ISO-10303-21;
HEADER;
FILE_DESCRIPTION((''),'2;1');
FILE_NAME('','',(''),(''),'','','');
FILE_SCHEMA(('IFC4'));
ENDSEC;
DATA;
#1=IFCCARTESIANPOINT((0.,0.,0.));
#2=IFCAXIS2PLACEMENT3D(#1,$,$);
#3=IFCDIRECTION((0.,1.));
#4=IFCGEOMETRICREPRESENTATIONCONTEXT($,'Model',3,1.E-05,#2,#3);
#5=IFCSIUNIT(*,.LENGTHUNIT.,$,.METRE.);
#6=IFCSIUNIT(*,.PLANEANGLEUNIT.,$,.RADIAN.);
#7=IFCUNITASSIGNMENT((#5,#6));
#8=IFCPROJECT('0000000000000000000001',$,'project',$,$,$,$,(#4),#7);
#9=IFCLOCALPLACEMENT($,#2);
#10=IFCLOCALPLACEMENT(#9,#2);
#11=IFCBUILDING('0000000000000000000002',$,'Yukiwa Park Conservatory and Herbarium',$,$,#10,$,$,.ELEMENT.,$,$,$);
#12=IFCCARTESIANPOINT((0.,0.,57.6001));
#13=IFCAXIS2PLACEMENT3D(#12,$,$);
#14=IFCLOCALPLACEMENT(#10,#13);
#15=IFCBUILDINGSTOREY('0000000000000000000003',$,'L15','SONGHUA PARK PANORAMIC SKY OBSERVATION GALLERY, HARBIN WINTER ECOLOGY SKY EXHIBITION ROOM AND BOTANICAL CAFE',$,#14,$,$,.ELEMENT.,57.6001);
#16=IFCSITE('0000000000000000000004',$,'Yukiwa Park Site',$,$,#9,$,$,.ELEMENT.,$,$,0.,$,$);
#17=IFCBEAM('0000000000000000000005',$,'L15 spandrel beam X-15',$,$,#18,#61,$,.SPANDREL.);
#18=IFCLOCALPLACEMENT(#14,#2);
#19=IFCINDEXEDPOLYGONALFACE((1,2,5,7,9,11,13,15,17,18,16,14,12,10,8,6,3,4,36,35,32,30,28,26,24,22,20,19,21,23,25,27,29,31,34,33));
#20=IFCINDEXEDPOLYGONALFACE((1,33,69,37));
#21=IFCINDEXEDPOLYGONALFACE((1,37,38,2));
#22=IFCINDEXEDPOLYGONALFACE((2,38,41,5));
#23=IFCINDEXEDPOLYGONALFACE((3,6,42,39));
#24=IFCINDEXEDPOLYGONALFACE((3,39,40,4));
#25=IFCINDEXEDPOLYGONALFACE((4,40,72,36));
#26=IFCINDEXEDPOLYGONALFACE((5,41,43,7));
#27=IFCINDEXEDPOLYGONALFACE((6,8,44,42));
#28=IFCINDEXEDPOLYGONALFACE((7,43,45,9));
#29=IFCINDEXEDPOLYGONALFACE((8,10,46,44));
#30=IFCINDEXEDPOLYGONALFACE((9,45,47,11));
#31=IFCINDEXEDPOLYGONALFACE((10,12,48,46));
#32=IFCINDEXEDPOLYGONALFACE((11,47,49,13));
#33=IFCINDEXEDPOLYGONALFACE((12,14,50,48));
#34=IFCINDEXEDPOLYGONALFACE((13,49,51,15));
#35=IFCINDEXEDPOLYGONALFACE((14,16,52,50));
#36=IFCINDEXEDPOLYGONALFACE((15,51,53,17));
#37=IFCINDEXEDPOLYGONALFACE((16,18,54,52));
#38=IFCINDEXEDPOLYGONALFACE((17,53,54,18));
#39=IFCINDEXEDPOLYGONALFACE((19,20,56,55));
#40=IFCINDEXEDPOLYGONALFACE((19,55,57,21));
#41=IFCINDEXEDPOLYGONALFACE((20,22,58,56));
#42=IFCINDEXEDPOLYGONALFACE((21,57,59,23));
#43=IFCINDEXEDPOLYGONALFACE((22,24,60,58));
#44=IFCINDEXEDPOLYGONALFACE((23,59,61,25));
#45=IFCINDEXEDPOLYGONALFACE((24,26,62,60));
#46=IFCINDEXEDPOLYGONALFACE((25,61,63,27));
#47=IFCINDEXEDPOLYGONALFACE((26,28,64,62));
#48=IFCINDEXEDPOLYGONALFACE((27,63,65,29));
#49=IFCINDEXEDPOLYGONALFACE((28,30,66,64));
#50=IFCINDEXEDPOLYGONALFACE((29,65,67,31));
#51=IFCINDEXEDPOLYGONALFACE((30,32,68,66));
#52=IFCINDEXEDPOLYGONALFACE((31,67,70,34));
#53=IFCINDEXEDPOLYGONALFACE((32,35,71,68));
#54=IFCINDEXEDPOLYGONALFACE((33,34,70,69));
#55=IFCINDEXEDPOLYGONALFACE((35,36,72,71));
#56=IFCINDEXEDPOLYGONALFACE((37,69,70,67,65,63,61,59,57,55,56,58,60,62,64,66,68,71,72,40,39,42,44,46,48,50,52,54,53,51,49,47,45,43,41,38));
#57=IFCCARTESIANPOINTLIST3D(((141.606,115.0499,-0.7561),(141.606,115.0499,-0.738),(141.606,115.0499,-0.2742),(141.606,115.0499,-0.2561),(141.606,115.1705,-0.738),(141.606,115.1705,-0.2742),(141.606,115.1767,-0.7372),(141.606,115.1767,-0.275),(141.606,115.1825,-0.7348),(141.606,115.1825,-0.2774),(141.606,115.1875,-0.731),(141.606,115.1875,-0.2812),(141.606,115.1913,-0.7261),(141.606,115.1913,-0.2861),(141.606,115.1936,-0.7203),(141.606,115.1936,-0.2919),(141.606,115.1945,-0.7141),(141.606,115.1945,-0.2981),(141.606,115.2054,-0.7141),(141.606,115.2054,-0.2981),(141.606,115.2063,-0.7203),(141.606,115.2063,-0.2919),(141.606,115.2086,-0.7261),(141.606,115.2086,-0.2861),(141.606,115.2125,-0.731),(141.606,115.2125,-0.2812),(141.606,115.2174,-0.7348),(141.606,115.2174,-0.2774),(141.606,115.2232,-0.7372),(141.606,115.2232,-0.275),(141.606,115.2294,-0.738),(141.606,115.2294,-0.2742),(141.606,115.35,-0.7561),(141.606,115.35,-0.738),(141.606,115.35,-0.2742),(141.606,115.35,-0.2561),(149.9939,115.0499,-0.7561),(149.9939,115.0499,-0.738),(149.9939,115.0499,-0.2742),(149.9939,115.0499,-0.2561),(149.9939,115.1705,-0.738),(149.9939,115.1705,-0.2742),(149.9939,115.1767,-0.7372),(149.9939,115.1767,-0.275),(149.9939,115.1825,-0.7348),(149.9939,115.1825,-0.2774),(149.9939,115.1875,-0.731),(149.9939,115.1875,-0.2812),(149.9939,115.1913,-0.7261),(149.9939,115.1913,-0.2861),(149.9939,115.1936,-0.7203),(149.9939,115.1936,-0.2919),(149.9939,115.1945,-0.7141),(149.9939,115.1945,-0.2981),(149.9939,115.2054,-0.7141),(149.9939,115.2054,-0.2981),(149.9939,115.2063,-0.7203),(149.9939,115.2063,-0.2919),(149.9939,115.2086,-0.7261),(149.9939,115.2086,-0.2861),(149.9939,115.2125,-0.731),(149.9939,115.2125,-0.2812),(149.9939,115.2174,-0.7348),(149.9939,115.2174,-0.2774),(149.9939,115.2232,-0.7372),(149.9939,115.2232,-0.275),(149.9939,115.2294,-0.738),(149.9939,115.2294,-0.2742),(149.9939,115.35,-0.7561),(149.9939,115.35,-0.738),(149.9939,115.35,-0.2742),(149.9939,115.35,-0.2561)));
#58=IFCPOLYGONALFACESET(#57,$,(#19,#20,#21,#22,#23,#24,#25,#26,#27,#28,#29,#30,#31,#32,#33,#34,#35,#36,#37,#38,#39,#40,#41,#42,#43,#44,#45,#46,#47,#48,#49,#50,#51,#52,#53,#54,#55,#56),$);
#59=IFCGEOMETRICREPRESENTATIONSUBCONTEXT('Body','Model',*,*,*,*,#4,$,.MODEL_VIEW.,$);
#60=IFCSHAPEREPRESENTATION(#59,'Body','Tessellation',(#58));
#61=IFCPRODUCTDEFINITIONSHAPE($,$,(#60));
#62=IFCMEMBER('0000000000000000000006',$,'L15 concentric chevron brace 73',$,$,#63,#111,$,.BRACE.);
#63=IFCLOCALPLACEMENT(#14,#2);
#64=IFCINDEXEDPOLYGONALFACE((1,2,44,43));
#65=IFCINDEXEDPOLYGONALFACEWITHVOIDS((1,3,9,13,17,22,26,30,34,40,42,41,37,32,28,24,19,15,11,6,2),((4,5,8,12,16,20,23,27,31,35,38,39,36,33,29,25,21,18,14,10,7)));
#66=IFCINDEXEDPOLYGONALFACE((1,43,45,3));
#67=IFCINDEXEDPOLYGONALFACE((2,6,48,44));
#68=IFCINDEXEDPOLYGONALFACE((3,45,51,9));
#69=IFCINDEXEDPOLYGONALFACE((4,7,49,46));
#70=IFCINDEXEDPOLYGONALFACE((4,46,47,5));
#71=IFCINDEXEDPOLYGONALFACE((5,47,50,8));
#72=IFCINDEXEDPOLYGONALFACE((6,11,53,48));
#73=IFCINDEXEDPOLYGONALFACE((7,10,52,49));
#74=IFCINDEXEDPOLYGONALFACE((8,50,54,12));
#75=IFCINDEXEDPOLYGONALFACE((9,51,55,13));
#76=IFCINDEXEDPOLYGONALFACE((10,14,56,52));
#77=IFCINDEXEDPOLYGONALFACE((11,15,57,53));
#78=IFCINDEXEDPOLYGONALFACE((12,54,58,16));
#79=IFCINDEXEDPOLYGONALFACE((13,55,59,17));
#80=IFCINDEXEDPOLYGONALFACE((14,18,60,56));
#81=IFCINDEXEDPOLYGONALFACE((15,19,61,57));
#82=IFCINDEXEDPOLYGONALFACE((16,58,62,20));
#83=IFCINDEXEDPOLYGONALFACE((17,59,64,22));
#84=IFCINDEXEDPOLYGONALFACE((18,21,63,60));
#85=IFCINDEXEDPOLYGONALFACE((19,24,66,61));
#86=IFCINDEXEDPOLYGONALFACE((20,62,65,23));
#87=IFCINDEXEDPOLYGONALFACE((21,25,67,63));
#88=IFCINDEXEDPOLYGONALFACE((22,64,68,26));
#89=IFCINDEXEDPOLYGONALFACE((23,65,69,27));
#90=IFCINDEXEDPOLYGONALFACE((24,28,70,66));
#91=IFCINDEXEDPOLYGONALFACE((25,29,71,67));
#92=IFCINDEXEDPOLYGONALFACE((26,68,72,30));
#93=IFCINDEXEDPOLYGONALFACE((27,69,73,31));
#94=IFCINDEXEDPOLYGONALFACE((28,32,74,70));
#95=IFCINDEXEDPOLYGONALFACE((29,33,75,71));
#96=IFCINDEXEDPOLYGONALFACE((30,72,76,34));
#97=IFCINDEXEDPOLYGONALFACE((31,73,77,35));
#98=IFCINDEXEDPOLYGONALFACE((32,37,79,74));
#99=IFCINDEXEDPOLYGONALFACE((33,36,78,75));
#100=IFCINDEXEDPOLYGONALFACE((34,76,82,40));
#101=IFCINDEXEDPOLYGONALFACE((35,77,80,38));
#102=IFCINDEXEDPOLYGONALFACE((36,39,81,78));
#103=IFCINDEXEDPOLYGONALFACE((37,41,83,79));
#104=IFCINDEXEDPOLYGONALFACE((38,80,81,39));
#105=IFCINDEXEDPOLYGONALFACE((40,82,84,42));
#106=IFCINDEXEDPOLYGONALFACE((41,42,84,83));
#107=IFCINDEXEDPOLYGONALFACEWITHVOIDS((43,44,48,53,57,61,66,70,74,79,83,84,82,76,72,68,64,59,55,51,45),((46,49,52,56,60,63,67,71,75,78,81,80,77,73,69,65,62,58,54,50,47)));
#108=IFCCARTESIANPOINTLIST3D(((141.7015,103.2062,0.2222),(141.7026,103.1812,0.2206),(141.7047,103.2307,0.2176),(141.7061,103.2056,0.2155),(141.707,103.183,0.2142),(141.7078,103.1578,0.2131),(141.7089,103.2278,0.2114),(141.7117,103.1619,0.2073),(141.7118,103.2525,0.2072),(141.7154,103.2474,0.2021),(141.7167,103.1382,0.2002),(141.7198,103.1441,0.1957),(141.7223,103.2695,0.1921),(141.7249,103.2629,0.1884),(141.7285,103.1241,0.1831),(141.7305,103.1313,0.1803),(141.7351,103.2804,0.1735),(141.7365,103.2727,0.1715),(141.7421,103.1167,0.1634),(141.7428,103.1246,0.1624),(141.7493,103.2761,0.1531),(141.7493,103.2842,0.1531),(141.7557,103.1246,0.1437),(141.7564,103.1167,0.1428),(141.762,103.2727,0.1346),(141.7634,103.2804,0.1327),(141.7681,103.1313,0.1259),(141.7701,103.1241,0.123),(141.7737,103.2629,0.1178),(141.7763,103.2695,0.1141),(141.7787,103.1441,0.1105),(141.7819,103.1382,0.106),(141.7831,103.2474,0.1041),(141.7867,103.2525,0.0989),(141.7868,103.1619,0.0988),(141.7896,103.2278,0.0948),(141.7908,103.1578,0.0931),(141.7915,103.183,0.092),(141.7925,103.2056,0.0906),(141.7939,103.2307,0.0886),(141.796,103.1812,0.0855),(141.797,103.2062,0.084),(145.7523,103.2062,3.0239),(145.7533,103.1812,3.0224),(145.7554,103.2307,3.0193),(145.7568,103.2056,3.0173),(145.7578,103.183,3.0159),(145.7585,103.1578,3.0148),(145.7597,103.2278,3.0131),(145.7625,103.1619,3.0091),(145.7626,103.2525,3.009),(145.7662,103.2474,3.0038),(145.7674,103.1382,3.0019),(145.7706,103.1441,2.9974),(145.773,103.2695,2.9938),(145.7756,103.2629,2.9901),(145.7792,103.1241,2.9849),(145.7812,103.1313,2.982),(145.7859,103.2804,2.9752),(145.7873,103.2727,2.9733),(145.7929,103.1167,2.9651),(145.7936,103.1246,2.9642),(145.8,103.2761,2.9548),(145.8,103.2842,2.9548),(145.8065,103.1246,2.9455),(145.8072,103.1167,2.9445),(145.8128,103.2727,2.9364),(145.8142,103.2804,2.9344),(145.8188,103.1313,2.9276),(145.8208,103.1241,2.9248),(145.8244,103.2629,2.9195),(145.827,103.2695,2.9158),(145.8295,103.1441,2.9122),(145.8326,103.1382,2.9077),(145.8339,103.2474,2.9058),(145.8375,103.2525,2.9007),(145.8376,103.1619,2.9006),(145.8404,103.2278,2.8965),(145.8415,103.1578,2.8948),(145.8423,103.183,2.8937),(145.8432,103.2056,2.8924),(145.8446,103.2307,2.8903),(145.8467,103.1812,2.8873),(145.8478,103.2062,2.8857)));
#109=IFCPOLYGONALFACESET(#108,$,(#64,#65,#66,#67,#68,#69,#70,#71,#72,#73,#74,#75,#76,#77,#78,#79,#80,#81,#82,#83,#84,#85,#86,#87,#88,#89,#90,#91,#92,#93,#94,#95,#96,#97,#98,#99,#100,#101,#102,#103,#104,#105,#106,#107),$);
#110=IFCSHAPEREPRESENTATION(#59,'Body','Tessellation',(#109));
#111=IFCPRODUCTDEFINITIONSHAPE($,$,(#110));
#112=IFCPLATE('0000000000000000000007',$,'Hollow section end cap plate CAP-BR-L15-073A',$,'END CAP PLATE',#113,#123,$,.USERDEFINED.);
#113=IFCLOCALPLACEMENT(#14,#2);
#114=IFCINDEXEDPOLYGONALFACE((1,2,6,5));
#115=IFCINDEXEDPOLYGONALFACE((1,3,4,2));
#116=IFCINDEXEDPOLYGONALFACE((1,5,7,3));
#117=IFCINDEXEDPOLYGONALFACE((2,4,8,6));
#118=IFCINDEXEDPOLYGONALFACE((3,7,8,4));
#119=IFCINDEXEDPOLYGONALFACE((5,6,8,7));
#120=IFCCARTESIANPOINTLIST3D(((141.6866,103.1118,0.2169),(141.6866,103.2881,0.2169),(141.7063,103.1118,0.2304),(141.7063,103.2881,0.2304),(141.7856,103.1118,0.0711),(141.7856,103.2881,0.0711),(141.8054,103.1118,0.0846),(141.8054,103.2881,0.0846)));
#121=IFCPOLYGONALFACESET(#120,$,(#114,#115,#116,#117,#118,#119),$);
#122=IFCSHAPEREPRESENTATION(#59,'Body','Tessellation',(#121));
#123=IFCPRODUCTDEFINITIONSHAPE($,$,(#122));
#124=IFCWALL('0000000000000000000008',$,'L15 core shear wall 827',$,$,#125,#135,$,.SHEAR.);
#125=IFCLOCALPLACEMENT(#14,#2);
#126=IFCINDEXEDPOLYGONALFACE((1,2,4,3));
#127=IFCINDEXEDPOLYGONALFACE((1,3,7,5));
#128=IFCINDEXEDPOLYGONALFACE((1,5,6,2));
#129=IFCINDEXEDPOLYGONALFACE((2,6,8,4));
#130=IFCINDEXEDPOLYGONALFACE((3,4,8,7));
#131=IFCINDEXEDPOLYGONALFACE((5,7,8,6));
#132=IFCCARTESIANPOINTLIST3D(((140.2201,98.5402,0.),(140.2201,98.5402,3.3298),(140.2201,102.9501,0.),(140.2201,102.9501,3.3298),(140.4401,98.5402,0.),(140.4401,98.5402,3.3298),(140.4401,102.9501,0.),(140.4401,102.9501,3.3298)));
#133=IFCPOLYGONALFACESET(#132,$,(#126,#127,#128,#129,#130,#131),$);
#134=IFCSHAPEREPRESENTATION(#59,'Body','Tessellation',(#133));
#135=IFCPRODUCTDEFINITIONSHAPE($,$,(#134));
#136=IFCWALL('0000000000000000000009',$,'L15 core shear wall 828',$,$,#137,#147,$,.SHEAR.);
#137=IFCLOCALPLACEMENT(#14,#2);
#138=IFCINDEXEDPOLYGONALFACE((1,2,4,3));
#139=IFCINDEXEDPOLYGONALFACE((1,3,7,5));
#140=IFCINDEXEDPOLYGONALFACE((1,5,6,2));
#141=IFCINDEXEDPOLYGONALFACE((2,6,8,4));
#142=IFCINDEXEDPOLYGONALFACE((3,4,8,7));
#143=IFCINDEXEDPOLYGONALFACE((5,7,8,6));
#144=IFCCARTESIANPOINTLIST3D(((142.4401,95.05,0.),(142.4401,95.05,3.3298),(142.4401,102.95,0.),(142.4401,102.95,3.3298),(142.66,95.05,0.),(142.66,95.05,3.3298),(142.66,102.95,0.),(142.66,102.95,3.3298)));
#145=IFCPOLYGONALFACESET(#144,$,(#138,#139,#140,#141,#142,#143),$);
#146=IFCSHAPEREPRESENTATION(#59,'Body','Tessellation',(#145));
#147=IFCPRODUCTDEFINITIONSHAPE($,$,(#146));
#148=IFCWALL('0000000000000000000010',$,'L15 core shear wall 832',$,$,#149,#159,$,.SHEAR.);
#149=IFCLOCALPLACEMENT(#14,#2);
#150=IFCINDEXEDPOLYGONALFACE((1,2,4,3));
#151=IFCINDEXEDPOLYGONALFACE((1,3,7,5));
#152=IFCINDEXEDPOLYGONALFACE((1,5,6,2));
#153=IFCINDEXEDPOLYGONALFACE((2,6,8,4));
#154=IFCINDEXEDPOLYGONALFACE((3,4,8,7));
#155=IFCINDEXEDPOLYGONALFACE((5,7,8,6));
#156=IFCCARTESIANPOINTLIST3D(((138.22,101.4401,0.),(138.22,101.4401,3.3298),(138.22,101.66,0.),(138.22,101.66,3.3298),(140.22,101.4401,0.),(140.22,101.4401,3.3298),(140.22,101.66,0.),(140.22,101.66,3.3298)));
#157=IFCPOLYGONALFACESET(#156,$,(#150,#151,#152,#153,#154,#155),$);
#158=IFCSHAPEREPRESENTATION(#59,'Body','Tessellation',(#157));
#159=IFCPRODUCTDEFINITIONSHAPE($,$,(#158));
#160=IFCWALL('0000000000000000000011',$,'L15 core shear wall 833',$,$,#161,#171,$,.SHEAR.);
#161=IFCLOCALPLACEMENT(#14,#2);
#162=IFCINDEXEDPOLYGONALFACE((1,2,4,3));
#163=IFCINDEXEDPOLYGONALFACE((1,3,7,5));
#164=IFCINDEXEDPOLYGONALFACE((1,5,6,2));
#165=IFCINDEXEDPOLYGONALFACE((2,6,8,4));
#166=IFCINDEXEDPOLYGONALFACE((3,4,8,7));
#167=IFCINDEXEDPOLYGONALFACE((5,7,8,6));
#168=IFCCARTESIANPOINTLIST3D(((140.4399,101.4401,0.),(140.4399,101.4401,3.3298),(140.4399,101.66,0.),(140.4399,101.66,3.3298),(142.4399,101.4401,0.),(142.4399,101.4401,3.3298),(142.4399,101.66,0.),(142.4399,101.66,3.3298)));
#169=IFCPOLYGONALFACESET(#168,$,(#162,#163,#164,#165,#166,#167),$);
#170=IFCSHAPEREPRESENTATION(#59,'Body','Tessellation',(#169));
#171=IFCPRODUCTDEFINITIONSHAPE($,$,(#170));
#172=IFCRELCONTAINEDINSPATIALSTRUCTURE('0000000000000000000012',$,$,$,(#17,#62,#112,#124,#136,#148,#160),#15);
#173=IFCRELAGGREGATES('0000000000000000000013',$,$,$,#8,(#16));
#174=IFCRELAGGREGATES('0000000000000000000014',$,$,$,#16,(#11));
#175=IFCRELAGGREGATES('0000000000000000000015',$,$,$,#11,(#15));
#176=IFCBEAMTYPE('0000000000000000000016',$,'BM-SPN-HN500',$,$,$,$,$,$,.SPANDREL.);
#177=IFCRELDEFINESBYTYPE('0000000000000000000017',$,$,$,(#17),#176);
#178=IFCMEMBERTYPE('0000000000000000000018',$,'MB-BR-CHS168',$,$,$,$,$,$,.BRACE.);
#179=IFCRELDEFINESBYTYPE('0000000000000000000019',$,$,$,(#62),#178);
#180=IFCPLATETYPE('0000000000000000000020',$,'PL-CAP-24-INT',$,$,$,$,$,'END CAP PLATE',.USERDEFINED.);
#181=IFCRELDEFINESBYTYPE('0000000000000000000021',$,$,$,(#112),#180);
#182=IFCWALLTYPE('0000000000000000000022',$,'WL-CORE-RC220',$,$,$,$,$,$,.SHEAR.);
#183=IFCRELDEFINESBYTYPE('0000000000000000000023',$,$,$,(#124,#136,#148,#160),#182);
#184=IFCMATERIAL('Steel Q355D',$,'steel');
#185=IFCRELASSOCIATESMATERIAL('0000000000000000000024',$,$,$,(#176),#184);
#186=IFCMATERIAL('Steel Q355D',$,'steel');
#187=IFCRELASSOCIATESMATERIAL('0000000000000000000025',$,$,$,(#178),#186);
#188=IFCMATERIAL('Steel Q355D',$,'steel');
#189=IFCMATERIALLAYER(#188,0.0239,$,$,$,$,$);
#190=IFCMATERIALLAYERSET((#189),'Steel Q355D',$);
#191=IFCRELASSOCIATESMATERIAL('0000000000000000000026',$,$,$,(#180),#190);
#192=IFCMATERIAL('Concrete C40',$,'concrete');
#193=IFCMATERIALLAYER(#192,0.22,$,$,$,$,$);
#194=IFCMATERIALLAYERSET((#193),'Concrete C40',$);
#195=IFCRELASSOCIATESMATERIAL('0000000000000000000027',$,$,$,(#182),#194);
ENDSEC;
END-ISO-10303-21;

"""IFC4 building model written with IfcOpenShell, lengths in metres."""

from ifc_helpers import new_model, si_unit, direction, frame, frame_2d, origin, origin_2d, place, context, subcontext, project, spatial, rectangle, hollow_circle, i_section, extrude, material, layer, layer_set, material_profile, profile_set, type_object, element, save


model = new_model("IFC4")

# Units and contexts
model_context = context("Model", 3, precision=1e-05, world=origin(), true_north=direction((0.0, 1.0)))
body_context = subcontext(model_context, "Body", "Model", "MODEL_VIEW")
ifc_project = project(units=[si_unit("LENGTHUNIT", "METRE"), si_unit("PLANEANGLEUNIT", "RADIAN")], contexts=[model_context])

# Site, building, storey
site_placement = place(None, origin())
site = spatial("IfcSite", under=ifc_project, at=site_placement, Name="Yukiwa Park Site", CompositionType="ELEMENT", RefElevation=0.0)
building_placement = place(site_placement, origin())
building = spatial("IfcBuilding", under=site, at=building_placement, Name="Yukiwa Park Conservatory and Herbarium", CompositionType="ELEMENT")
storey_placement = place(building_placement, frame((0.0, 0.0, 57.6001)))
storey = spatial("IfcBuildingStorey", under=building, at=storey_placement, Name="L15", Description="SONGHUA PARK PANORAMIC SKY OBSERVATION GALLERY, HARBIN WINTER ECOLOGY SKY EXHIBITION ROOM AND BOTANICAL CAFE", CompositionType="ELEMENT", Elevation=57.6001)

# Beam
ifc_material_1 = material(Name="Steel Q355D", Category="steel")
ifc_material_profile_1 = material_profile(ifc_material_1, i_section(OverallWidth=0.3, OverallDepth=0.5, WebThickness=0.011, FlangeThickness=0.0181, FilletRadius=0.0239, at=origin_2d()), Name="HM 500x300x11x18")
ifc_profile_set_1 = profile_set([ifc_material_profile_1], Name="Steel Q355D")
beam_type_1 = type_object("IfcBeamType", Name="BM-SPN-HN500", PredefinedType="SPANDREL", material=ifc_profile_set_1)
for number, where, z_axis, x_axis, name in (
    (1, (141.606, 115.2, -0.5061), (1.0, 0.0, 0.0), (0.0, 1.0, 0.0), "L15 spandrel beam X-15"),
):
    element("IfcBeam", number, at=place(storey_placement, frame(where, z_axis=z_axis, x_axis=x_axis)), inside=storey, type_object=beam_type_1, Name=name, PredefinedType="SPANDREL", context=body_context, shape_type="SweptSolid", body=[
        extrude(i_section(OverallWidth=0.3, OverallDepth=0.5, WebThickness=0.011, FlangeThickness=0.0181, FilletRadius=0.0239, at=origin_2d()), origin(), (0.0, 0.0, 1.0), 8.3879),
    ])

# Member
ifc_material_2 = material(Name="Steel Q355D", Category="steel")
ifc_material_profile_2 = material_profile(ifc_material_2, hollow_circle(Radius=0.0842, WallThickness=0.0081, at=origin_2d()), Name="CHS 168.3x8")
ifc_profile_set_2 = profile_set([ifc_material_profile_2], Name="Steel Q355D")
member_type = type_object("IfcMemberType", Name="MB-BR-CHS168", PredefinedType="BRACE", material=ifc_profile_set_2)
member_placement = place(storey_placement, frame((141.7493, 103.2, 0.1531), z_axis=(0.822442, 0.0, 0.568849), x_axis=(0.0, 1.0, 0.0)))
element("IfcMember", 2, at=member_placement, inside=storey, type_object=member_type, Name="L15 concentric chevron brace 73", PredefinedType="BRACE", context=body_context, shape_type="SweptSolid", body=[
    extrude(hollow_circle(Radius=0.0842, WallThickness=0.0081, at=origin_2d()), origin(), (0.0, 0.0, 1.0), 4.9253),
])

# Plate
ifc_material_3 = material(Name="Steel Q355D", Category="steel")
ifc_layer_1 = layer(ifc_material_3, 0.0239)
ifc_layer_set_1 = layer_set([ifc_layer_1], Name="Steel Q355D")
plate_type = type_object("IfcPlateType", Name="PL-CAP-24-INT", ElementType="END CAP PLATE", PredefinedType="USERDEFINED", material=ifc_layer_set_1)
plate_placement = place(storey_placement, frame((141.7559, 103.2, 0.1575), z_axis=(-0.827306, 0.0, -0.561751), x_axis=(0.0, -1.0, 0.0)))
element("IfcPlate", 3, at=plate_placement, inside=storey, type_object=plate_type, Name="Hollow section end cap plate CAP-BR-L15-073A", ObjectType="END CAP PLATE", PredefinedType="USERDEFINED", context=body_context, shape_type="SweptSolid", body=[
    extrude(rectangle(XDim=0.1763, YDim=0.1763, at=origin_2d()), origin(), (0.0, 0.0, 1.0), 0.0239),
])

# Walls
ifc_material_4 = material(Name="Concrete C40", Category="concrete")
ifc_layer_2 = layer(ifc_material_4, 0.22)
ifc_layer_set_2 = layer_set([ifc_layer_2], Name="Concrete C40")
wall_type_1 = type_object("IfcWallType", Name="WL-CORE-RC220", PredefinedType="SHEAR", material=ifc_layer_set_2)
wall_1_placement = place(storey_placement, frame((140.3301, 98.54, 0.0), z_axis=(0.0, 0.0, 1.0), x_axis=(0.0, 1.0, 0.0)))
element("IfcWall", 4, at=wall_1_placement, inside=storey, type_object=wall_type_1, Name="L15 core shear wall 827", PredefinedType="SHEAR", context=body_context, shape_type="SweptSolid", body=[
    extrude(rectangle(XDim=4.4099, YDim=0.22, at=frame_2d((2.2051, 0.0))), origin(), (0.0, 0.0, 1.0), 3.3298),
])
wall_2_placement = place(storey_placement, frame((142.55, 95.05, 0.0), z_axis=(0.0, 0.0, 1.0), x_axis=(0.0, 1.0, 0.0)))
element("IfcWall", 5, at=wall_2_placement, inside=storey, type_object=wall_type_1, Name="L15 core shear wall 828", PredefinedType="SHEAR", context=body_context, shape_type="SweptSolid", body=[
    extrude(rectangle(XDim=7.8999, YDim=0.22, at=frame_2d((3.95, 0.0))), origin(), (0.0, 0.0, 1.0), 3.3298),
])

# Walls
for number, where, z_axis, x_axis, name in (
    (6, (138.22, 101.55, 0.0), (0.0, 0.0, 1.0), (1.0, 0.0, 0.0), "L15 core shear wall 832"),
    (7, (140.4399, 101.55, 0.0), (0.0, 0.0, 1.0), (1.0, 0.0, 0.0), "L15 core shear wall 833"),
):
    element("IfcWall", number, at=place(storey_placement, frame(where, z_axis=z_axis, x_axis=x_axis)), inside=storey, type_object=wall_type_1, Name=name, PredefinedType="SHEAR", context=body_context, shape_type="SweptSolid", body=[
        extrude(rectangle(XDim=2.0, YDim=0.22, at=frame_2d((1.0, 0.0))), origin(), (0.0, 0.0, 1.0), 3.3298),
    ])

save(model, "model.ifc")
